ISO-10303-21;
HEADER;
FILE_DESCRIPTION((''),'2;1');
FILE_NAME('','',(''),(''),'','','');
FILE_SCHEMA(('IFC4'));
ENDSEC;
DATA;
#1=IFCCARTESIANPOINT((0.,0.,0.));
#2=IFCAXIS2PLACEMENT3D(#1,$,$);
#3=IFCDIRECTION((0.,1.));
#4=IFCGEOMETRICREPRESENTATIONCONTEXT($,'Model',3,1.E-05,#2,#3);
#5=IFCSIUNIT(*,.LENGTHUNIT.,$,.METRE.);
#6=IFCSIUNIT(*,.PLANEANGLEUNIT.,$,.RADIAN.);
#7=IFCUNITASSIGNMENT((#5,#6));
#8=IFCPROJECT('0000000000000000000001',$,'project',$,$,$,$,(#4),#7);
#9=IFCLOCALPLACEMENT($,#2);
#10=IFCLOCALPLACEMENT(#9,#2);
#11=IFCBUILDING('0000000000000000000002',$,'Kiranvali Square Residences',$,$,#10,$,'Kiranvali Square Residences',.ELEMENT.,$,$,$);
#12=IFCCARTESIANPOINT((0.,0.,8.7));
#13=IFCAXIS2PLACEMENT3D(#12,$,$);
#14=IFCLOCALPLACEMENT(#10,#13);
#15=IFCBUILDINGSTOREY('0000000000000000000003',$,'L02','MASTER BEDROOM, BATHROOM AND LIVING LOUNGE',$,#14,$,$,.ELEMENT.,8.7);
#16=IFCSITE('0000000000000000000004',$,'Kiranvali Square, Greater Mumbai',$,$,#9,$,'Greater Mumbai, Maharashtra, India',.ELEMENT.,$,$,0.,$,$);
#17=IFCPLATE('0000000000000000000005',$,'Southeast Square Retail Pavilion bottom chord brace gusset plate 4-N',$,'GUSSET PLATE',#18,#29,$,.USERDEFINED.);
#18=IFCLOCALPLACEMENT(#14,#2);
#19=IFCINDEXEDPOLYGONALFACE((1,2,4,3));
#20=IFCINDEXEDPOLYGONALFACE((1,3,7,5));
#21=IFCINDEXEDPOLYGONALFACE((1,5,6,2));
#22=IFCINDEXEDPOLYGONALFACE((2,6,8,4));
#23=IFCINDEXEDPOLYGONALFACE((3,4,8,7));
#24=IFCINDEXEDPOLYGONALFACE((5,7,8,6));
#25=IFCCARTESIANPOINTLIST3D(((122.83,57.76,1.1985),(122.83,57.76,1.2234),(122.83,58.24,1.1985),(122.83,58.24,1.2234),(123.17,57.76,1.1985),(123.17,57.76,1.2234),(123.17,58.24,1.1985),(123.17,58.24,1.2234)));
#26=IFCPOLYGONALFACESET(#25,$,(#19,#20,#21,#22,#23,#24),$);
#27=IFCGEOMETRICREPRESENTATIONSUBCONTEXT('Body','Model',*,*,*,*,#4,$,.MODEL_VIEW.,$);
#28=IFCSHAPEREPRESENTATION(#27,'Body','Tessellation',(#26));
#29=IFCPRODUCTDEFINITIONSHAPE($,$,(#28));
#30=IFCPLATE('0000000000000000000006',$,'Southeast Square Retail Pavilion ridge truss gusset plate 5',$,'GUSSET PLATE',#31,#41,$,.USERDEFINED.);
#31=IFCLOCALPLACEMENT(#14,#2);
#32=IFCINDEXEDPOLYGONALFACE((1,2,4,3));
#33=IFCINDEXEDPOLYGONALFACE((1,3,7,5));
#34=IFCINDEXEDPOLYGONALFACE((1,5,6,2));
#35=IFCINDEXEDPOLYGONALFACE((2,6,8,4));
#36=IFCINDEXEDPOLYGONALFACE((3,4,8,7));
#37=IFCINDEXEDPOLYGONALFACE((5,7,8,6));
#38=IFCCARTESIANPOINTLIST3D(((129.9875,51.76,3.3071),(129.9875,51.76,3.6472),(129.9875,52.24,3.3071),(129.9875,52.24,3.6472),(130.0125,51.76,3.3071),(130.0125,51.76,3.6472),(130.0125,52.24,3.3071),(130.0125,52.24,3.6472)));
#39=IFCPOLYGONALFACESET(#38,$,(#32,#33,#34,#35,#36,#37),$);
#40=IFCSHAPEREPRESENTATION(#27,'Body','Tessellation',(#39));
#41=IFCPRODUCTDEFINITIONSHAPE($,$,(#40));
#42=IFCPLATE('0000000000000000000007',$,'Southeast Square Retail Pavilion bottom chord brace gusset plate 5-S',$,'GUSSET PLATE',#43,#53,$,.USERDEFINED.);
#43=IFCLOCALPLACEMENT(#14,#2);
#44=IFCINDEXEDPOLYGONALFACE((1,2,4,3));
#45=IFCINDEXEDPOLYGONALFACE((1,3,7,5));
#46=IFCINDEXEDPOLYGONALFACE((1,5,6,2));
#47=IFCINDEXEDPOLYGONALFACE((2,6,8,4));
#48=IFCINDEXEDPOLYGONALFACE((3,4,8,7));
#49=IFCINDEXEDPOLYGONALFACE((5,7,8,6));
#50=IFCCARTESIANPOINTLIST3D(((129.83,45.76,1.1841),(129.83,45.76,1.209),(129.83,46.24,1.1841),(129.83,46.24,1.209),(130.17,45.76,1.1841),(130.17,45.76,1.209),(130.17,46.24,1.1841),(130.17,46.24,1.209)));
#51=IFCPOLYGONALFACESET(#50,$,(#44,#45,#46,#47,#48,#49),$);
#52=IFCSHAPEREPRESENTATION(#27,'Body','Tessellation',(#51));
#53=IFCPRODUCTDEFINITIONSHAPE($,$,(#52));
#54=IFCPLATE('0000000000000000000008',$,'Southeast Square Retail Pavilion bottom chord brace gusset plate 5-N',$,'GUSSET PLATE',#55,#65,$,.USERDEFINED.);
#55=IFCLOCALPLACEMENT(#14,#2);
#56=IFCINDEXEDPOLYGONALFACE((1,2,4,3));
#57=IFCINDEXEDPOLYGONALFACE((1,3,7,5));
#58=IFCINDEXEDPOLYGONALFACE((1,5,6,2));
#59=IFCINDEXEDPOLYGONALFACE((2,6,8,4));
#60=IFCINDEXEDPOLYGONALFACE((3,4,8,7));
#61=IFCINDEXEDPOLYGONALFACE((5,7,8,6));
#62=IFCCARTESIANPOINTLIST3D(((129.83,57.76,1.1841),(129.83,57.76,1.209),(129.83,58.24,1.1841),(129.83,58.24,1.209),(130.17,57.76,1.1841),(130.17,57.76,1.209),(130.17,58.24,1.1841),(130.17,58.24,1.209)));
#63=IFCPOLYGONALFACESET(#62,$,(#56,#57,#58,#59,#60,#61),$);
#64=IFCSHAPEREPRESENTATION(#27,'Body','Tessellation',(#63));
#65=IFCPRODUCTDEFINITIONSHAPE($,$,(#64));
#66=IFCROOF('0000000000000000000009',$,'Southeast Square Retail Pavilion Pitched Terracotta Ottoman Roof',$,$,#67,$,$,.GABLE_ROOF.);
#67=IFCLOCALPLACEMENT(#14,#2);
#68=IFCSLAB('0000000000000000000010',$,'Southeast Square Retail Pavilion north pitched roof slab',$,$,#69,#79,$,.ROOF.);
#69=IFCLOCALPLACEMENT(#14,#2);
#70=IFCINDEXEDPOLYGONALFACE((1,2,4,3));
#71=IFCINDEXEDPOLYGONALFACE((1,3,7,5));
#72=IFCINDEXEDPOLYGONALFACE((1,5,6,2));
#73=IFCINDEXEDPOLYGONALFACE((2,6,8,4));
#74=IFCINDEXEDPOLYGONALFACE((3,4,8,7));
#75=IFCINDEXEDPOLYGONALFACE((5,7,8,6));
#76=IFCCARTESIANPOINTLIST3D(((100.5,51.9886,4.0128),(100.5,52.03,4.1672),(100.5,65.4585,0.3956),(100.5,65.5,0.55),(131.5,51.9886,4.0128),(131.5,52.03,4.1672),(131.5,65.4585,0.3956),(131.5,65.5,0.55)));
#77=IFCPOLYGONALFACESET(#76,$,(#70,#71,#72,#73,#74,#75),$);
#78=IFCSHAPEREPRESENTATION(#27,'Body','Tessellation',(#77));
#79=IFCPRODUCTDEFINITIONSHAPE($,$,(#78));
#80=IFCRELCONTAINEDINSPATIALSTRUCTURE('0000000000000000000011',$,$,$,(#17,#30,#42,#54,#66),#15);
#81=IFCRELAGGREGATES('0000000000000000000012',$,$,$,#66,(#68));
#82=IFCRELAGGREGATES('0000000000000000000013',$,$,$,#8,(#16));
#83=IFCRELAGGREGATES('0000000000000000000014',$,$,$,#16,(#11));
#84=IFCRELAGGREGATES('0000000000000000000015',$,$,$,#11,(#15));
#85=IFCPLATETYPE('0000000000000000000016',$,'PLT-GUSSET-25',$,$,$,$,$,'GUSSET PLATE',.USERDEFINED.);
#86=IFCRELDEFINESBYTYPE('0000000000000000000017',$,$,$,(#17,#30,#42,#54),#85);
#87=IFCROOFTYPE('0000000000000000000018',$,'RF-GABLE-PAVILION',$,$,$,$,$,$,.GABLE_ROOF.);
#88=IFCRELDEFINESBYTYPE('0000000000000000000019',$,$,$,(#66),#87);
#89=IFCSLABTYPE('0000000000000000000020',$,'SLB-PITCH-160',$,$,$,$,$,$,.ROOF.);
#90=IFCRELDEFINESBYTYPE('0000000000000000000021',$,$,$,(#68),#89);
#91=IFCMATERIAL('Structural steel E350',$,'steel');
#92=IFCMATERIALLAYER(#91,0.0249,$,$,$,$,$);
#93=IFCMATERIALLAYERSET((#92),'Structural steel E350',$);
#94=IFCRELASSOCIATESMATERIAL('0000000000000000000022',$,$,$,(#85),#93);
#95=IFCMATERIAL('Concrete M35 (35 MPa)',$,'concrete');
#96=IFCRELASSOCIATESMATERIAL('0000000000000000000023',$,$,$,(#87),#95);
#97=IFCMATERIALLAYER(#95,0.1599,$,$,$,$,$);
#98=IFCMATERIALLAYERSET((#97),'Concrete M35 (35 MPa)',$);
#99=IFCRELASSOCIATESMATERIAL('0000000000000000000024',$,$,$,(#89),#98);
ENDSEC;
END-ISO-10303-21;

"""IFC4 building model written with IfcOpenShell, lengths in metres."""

from ifc_helpers import new_model, si_unit, direction, frame, origin, origin_2d, place, context, subcontext, project, spatial, polyline, rectangle, outline, extrude, material, layer, layer_set, type_object, element, aggregate, save


model = new_model("IFC4")

# Units and contexts
model_context = context("Model", 3, precision=1e-05, world=origin(), true_north=direction((0.0, 1.0)))
body_context = subcontext(model_context, "Body", "Model", "MODEL_VIEW")
ifc_project = project(units=[si_unit("LENGTHUNIT", "METRE"), si_unit("PLANEANGLEUNIT", "RADIAN")], contexts=[model_context])

# Site, building, storey
site_placement = place(None, origin())
site = spatial("IfcSite", under=ifc_project, at=site_placement, Name="Kiranvali Square, Greater Mumbai", LongName="Greater Mumbai, Maharashtra, India", CompositionType="ELEMENT", RefElevation=0.0)
building_placement = place(site_placement, origin())
building = spatial("IfcBuilding", under=site, at=building_placement, Name="Kiranvali Square Residences", LongName="Kiranvali Square Residences", CompositionType="ELEMENT")
storey_placement = place(building_placement, frame((0.0, 0.0, 8.7)))
storey = spatial("IfcBuildingStorey", under=building, at=storey_placement, Name="L02", Description="MASTER BEDROOM, BATHROOM AND LIVING LOUNGE", CompositionType="ELEMENT", Elevation=8.7)

# Shared definitions
ifc_material_1 = material(Name="Structural steel E350", Category="steel")

# Plates
ifc_layer_1 = layer(ifc_material_1, 0.0249)
ifc_layer_set_1 = layer_set([ifc_layer_1], Name="Structural steel E350")
plate_type_1 = type_object("IfcPlateType", Name="PLT-GUSSET-25", ElementType="GUSSET PLATE", PredefinedType="USERDEFINED", material=ifc_layer_set_1)
plate_1_placement = place(storey_placement, frame((123.0, 58.0, 1.1985), z_axis=(0.0, 0.0, 1.0), x_axis=(1.0, 0.0, 0.0)))
element("IfcPlate", 1, at=plate_1_placement, inside=storey, type_object=plate_type_1, Name="Southeast Square Retail Pavilion bottom chord brace gusset plate 4-N", ObjectType="GUSSET PLATE", PredefinedType="USERDEFINED", context=body_context, shape_type="SweptSolid", body=[
    extrude(rectangle(XDim=0.3401, YDim=0.48, at=origin_2d()), origin(), (0.0, 0.0, 1.0), 0.0249),
])
plate_2_placement = place(storey_placement, frame((130.0, 52.0, 3.3071), z_axis=(0.0, 0.0, 1.0), x_axis=(1.0, 0.0, 0.0)))
element("IfcPlate", 2, at=plate_2_placement, inside=storey, type_object=plate_type_1, Name="Southeast Square Retail Pavilion ridge truss gusset plate 5", ObjectType="GUSSET PLATE", PredefinedType="USERDEFINED", context=body_context, shape_type="SweptSolid", body=[
    extrude(rectangle(XDim=0.0249, YDim=0.48, at=origin_2d()), origin(), (0.0, 0.0, 1.0), 0.3401),
])
for number, where, z_axis, x_axis, name in (
    (3, (130.0, 46.0, 1.1841), (0.0, 0.0, 1.0), (1.0, 0.0, 0.0), "Southeast Square Retail Pavilion bottom chord brace gusset plate 5-S"),
    (4, (130.0, 58.0, 1.1841), (0.0, 0.0, 1.0), (1.0, 0.0, 0.0), "Southeast Square Retail Pavilion bottom chord brace gusset plate 5-N"),
):
    element("IfcPlate", number, at=place(storey_placement, frame(where, z_axis=z_axis, x_axis=x_axis)), inside=storey, type_object=plate_type_1, Name=name, ObjectType="GUSSET PLATE", PredefinedType="USERDEFINED", context=body_context, shape_type="SweptSolid", body=[
        extrude(rectangle(XDim=0.3401, YDim=0.48, at=origin_2d()), origin(), (0.0, 0.0, 1.0), 0.0249),
    ])

# Roof, slab
ifc_material_2 = material(Name="Concrete M35 (35 MPa)", Category="concrete")
roof_type = type_object("IfcRoofType", Name="RF-GABLE-PAVILION", PredefinedType="GABLE_ROOF", material=ifc_material_2)
roof_placement = place(storey_placement, origin())
roof = element("IfcRoof", 5, at=roof_placement, inside=storey, type_object=roof_type, Name="Southeast Square Retail Pavilion Pitched Terracotta Ottoman Roof", PredefinedType="GABLE_ROOF")
ifc_layer_2 = layer(ifc_material_2, 0.1599)
ifc_layer_set_2 = layer_set([ifc_layer_2], Name="Concrete M35 (35 MPa)")
slab_type = type_object("IfcSlabType", Name="SLB-PITCH-160", PredefinedType="ROOF", material=ifc_layer_set_2)
slab_placement = place(storey_placement, frame((131.5, 65.5, 0.55), z_axis=(0.0, 0.259349, 0.965784), x_axis=(-1.0, 0.0, 0.0)))
slab = element("IfcSlab", 6, at=slab_placement, type_object=slab_type, Name="Southeast Square Retail Pavilion north pitched roof slab", PredefinedType="ROOF", context=body_context, shape_type="SweptSolid", body=[
    extrude(outline(polyline([(0.0, 0.0), (31.0, 0.0), (31.0, 13.9472), (0.0, 13.9472), (0.0, 0.0)])), origin(), (0.0, 0.0, -1.0), 0.1599),
])
aggregate(roof, [slab])

save(model, "model.ifc")
